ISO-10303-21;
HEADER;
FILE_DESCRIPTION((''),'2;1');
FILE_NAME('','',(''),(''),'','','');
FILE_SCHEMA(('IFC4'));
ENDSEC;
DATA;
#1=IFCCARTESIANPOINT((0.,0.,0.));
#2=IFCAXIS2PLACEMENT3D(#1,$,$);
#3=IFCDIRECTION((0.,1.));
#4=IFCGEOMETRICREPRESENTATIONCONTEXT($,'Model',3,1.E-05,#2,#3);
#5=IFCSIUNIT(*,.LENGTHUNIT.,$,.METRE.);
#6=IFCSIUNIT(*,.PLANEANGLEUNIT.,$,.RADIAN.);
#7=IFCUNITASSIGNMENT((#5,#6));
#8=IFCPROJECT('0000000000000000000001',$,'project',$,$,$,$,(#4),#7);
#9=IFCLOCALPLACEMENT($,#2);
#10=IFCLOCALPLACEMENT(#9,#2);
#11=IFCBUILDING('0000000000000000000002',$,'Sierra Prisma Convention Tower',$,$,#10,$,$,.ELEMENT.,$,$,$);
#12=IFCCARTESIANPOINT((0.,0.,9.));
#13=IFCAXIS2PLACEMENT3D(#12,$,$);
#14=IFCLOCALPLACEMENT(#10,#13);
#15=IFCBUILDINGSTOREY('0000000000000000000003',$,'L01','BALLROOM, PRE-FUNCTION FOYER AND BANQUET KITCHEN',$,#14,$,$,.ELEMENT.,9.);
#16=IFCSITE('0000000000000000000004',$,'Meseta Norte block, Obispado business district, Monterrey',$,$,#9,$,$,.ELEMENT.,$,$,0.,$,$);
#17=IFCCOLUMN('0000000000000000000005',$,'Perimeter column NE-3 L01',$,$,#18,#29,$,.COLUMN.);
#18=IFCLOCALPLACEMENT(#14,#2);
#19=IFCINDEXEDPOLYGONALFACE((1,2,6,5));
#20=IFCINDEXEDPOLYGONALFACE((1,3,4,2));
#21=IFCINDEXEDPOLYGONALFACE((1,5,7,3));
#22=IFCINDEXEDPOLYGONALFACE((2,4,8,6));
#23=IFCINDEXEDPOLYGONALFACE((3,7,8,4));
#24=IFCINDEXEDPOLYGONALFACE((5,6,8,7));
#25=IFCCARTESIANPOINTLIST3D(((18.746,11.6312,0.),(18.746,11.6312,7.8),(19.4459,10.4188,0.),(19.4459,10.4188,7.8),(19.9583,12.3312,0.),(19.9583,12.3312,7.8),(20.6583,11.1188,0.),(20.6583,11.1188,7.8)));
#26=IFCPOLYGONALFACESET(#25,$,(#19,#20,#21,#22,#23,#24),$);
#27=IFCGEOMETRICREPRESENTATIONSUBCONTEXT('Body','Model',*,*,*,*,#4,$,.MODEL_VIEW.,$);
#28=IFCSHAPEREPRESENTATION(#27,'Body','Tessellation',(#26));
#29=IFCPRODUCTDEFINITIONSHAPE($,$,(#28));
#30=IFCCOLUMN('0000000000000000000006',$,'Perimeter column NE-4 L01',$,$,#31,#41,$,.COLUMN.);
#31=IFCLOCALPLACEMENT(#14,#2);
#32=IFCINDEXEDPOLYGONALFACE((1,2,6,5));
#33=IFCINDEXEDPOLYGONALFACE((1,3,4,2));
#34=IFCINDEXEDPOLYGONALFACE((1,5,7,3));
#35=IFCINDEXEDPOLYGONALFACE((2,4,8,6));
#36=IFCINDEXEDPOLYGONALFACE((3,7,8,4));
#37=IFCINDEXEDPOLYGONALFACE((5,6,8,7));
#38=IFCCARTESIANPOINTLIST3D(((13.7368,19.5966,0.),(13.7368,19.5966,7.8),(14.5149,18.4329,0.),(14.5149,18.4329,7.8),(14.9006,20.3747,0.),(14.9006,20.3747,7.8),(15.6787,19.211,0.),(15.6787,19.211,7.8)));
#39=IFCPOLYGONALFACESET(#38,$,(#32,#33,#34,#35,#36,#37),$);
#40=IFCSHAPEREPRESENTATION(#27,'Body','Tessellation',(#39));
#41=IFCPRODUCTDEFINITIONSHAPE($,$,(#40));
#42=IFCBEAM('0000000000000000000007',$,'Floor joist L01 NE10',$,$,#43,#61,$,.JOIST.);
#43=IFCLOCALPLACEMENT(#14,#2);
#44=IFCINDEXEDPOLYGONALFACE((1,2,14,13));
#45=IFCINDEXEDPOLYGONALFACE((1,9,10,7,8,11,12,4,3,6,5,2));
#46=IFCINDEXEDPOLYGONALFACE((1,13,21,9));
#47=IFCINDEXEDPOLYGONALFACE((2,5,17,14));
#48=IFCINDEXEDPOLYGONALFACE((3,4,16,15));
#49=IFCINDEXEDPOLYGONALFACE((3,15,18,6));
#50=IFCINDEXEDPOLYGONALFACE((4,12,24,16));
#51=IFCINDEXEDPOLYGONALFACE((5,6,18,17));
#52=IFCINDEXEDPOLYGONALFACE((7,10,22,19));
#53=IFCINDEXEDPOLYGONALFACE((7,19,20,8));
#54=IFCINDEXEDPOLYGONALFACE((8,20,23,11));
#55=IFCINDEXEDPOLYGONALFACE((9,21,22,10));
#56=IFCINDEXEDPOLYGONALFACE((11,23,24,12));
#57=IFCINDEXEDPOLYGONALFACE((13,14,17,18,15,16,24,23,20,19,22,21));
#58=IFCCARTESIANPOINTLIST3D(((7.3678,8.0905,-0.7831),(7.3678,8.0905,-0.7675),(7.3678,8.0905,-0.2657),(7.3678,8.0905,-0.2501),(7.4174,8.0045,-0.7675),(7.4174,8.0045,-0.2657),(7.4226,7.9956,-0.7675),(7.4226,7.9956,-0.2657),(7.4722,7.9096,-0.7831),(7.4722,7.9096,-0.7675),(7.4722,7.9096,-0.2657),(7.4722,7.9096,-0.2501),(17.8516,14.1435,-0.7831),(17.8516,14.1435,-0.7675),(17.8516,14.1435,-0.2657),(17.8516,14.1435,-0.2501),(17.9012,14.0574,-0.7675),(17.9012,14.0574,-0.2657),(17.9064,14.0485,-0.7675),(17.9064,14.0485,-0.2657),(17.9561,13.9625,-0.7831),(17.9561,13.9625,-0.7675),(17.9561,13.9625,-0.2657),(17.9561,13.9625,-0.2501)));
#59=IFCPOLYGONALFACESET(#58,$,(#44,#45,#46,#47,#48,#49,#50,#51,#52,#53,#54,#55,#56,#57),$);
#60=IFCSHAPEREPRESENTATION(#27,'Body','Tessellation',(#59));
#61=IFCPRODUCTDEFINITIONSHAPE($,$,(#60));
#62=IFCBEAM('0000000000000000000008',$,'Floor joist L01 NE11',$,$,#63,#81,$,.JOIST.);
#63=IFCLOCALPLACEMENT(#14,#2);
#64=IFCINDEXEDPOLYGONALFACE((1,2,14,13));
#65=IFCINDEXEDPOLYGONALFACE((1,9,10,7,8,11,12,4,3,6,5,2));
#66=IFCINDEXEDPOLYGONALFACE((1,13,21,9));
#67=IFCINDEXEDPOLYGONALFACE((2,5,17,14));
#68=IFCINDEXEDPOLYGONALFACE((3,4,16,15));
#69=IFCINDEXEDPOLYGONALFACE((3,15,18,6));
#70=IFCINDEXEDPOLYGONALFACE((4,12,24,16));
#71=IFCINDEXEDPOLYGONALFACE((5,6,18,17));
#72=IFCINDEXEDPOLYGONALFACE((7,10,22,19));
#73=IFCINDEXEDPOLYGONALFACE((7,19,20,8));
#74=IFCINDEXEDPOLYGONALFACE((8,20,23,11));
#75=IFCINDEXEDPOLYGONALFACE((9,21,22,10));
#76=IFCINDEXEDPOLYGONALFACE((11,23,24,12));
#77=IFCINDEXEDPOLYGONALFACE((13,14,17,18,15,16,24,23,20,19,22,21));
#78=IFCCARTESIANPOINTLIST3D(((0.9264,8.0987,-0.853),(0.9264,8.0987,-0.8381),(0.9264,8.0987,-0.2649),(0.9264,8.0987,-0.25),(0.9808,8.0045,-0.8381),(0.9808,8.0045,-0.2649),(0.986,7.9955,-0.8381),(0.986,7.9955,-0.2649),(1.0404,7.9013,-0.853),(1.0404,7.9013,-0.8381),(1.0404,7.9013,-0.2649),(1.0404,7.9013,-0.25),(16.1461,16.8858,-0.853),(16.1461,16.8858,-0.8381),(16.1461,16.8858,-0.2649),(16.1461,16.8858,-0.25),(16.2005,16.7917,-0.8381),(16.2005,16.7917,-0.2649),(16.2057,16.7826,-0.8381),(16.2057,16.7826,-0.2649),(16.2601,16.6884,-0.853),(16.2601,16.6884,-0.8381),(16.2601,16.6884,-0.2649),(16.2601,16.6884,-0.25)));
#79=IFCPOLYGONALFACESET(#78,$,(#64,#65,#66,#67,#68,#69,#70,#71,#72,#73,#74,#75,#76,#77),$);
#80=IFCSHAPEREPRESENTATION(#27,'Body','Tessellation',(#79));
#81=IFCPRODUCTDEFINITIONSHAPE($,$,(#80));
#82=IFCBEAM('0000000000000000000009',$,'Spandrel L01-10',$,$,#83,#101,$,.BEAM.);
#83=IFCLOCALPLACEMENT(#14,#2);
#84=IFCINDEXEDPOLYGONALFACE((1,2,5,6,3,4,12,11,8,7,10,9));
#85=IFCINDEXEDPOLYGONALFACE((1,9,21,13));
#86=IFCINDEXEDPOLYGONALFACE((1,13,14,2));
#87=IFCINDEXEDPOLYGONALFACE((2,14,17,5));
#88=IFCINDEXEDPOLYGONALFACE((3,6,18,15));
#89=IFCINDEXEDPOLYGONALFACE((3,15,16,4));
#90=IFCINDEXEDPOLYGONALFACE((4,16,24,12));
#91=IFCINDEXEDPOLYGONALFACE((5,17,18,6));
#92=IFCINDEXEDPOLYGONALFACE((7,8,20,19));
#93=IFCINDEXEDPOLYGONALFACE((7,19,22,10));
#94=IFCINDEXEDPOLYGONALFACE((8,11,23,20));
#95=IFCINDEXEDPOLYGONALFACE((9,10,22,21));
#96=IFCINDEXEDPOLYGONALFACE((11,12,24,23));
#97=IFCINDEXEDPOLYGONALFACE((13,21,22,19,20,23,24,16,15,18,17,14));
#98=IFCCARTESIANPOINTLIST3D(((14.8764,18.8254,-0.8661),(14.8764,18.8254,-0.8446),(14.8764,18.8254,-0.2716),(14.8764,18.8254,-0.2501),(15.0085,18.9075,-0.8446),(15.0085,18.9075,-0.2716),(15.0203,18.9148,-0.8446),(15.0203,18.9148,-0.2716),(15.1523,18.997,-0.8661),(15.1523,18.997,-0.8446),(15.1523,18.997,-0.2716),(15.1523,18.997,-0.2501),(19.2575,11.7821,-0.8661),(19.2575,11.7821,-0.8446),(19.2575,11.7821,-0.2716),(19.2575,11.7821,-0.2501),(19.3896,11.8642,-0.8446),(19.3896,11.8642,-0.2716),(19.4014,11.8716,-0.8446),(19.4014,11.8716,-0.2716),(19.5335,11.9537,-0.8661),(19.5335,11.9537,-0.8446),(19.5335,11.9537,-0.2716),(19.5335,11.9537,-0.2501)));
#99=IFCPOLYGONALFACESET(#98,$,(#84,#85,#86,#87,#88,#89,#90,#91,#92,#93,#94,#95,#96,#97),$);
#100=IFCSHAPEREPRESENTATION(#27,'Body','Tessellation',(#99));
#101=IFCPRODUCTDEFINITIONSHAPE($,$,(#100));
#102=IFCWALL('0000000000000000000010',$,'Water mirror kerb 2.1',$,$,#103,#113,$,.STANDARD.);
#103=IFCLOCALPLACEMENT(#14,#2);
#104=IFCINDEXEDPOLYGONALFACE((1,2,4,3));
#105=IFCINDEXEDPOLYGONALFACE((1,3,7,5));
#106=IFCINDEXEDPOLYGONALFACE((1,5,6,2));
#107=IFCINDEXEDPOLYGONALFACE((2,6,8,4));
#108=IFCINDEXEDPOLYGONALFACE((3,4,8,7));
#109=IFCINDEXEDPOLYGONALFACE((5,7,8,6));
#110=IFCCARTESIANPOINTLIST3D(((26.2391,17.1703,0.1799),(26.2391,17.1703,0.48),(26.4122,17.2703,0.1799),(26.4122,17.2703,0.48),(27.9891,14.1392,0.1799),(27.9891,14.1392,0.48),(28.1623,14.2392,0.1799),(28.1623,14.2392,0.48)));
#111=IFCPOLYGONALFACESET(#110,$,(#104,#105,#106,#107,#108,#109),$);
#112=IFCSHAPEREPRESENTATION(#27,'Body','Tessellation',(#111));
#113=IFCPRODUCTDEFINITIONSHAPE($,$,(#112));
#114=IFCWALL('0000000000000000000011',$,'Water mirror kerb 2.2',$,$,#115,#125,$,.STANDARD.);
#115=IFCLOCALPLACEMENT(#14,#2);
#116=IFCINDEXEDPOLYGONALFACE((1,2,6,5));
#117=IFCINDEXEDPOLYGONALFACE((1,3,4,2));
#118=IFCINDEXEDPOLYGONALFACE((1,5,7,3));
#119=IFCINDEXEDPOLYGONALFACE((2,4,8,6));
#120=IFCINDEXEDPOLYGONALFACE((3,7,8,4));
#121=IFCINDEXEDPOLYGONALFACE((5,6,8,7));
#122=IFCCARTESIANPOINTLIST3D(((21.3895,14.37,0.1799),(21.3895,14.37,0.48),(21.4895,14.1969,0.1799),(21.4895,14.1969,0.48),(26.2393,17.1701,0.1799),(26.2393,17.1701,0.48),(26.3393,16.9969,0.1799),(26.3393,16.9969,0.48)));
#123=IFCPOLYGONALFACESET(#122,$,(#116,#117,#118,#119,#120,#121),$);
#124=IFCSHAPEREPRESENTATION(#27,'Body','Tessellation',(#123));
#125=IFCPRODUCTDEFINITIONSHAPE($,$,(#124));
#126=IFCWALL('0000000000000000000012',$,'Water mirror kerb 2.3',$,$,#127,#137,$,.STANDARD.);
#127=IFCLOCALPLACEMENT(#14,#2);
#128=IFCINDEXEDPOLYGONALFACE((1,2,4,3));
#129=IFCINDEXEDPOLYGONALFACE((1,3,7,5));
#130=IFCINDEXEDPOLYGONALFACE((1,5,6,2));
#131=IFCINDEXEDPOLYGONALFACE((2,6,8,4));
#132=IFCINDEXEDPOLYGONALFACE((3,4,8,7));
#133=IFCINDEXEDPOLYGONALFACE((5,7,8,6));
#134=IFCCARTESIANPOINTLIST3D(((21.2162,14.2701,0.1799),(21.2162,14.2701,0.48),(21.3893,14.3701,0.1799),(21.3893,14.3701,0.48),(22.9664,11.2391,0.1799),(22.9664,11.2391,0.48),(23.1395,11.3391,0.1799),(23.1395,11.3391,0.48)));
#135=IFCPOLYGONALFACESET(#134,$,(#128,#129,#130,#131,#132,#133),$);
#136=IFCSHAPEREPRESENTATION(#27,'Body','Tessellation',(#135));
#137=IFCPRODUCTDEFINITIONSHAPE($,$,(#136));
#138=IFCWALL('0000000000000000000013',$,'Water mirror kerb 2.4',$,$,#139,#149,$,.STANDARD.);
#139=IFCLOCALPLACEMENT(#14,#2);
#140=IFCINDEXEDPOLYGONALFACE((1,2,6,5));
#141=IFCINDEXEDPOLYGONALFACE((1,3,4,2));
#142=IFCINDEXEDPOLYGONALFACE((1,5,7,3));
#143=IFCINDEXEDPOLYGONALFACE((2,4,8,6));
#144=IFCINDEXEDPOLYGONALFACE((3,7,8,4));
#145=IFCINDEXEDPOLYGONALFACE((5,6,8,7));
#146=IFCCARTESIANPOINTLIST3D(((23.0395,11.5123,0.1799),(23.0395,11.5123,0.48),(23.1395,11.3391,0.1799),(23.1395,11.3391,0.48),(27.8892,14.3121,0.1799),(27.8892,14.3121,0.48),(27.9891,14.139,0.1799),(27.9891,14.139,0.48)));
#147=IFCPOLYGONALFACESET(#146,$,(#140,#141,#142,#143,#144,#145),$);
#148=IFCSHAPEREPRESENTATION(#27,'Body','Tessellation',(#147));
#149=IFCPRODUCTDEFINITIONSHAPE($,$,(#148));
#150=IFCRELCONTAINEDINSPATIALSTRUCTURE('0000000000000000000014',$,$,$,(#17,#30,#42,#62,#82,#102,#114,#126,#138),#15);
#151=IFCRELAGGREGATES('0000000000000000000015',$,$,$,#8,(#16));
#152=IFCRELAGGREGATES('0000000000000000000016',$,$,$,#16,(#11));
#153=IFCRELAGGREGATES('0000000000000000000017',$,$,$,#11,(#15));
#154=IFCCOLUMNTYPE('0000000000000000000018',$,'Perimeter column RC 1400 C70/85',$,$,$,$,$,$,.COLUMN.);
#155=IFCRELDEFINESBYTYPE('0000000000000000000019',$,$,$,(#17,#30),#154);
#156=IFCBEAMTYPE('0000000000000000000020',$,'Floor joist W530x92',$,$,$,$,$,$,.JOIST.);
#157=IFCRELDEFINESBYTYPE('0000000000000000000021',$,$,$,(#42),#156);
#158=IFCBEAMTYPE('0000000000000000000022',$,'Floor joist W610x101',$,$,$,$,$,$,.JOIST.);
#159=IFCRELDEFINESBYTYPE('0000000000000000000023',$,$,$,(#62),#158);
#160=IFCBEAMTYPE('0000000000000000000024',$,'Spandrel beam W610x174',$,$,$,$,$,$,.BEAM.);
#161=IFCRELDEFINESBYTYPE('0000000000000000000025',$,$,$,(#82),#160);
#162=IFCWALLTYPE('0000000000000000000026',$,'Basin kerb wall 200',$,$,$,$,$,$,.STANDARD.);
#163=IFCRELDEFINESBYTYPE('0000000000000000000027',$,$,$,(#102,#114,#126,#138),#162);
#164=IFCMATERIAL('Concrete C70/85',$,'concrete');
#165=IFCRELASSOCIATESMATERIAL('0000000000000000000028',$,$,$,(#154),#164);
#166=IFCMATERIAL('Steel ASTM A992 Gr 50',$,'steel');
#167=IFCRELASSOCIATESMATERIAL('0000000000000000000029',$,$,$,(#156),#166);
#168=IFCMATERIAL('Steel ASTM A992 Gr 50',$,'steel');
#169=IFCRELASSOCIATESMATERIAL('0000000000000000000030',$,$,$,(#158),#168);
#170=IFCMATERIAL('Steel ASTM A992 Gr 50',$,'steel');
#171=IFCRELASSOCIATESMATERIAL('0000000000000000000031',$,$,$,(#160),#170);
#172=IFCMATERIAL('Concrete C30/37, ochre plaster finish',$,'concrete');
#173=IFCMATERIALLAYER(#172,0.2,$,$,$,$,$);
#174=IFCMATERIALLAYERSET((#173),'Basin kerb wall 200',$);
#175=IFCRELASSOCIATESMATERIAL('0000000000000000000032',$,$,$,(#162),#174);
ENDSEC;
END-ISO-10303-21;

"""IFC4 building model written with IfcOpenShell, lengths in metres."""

from ifc_helpers import new_model, si_unit, direction, frame, frame_2d, origin, origin_2d, place, context, subcontext, project, spatial, rectangle, i_section, extrude, material, layer, layer_set, material_profile, profile_set, type_object, element, save


model = new_model("IFC4")

# Units and contexts
model_context = context("Model", 3, precision=1e-05, world=origin(), true_north=direction((0.0, 1.0)))
body_context = subcontext(model_context, "Body", "Model", "MODEL_VIEW")
ifc_project = project(units=[si_unit("LENGTHUNIT", "METRE"), si_unit("PLANEANGLEUNIT", "RADIAN")], contexts=[model_context])

# Site, building, storey
site_placement = place(None, origin())
site = spatial("IfcSite", under=ifc_project, at=site_placement, Name="Meseta Norte block, Obispado business district, Monterrey", CompositionType="ELEMENT", RefElevation=0.0)
building_placement = place(site_placement, origin())
building = spatial("IfcBuilding", under=site, at=building_placement, Name="Sierra Prisma Convention Tower", CompositionType="ELEMENT")
storey_placement = place(building_placement, frame((0.0, 0.0, 9.0)))
storey = spatial("IfcBuildingStorey", under=building, at=storey_placement, Name="L01", Description="BALLROOM, PRE-FUNCTION FOYER AND BANQUET KITCHEN", CompositionType="ELEMENT", Elevation=9.0)

# Columns
ifc_material_1 = material(Name="Concrete C70/85", Category="concrete")
ifc_material_profile_1 = material_profile(ifc_material_1, rectangle(XDim=1.3999, YDim=1.3999, at=origin_2d()), Name="Perimeter column RC 1400 C70/85")
ifc_profile_set_1 = profile_set([ifc_material_profile_1], Name="Concrete C70/85")
column_type = type_object("IfcColumnType", Name="Perimeter column RC 1400 C70/85", PredefinedType="COLUMN", material=ifc_profile_set_1)
for number, where, z_axis, x_axis, name in (
    (1, (19.7021, 11.375, 0.0), (0.0, 0.0, 1.0), (-0.5, 0.866025, 0.0), "Perimeter column NE-3 L01"),
    (2, (14.7078, 19.4038, 0.0), (0.0, 0.0, 1.0), (-0.555817, 0.831305, 0.0), "Perimeter column NE-4 L01"),
):
    element("IfcColumn", number, at=place(storey_placement, frame(where, z_axis=z_axis, x_axis=x_axis)), inside=storey, type_object=column_type, Name=name, PredefinedType="COLUMN", context=body_context, shape_type="SweptSolid", body=[
        extrude(rectangle(XDim=1.3999, YDim=1.3999, at=origin_2d()), origin(), (0.0, 0.0, 1.0), 7.8),
    ])

# Beams
ifc_material_2 = material(Name="Steel ASTM A992 Gr 50", Category="steel")
ifc_material_profile_2 = material_profile(ifc_material_2, i_section(OverallWidth=0.209, OverallDepth=0.533, WebThickness=0.0103, FlangeThickness=0.0156, at=origin_2d()), Name="W530x92")
ifc_profile_set_2 = profile_set([ifc_material_profile_2], Name="Steel ASTM A992 Gr 50")
beam_type_1 = type_object("IfcBeamType", Name="Floor joist W530x92", PredefinedType="JOIST", material=ifc_profile_set_2)
beam_1_placement = place(storey_placement, frame((17.9038, 14.053, -0.5166), z_axis=(-0.866022, -0.500006, 0.0), x_axis=(0.500006, -0.866022, 0.0)))
element("IfcBeam", 3, at=beam_1_placement, inside=storey, type_object=beam_type_1, Name="Floor joist L01 NE10", PredefinedType="JOIST", context=body_context, shape_type="SweptSolid", body=[
    extrude(i_section(OverallWidth=0.209, OverallDepth=0.533, WebThickness=0.0103, FlangeThickness=0.0156, at=origin_2d()), origin(), (0.0, 0.0, 1.0), 12.1057),
])
ifc_material_3 = material(Name="Steel ASTM A992 Gr 50", Category="steel")
ifc_material_profile_3 = material_profile(ifc_material_3, i_section(OverallWidth=0.228, OverallDepth=0.603, WebThickness=0.0105, FlangeThickness=0.0149, at=origin_2d()), Name="W610x101")
ifc_profile_set_3 = profile_set([ifc_material_profile_3], Name="Steel ASTM A992 Gr 50")
beam_type_2 = type_object("IfcBeamType", Name="Floor joist W610x101", PredefinedType="JOIST", material=ifc_profile_set_3)
beam_2_placement = place(storey_placement, frame((16.2031, 16.7871, -0.5515), z_axis=(-0.866025, -0.5, 0.0), x_axis=(0.5, -0.866025, 0.0)))
element("IfcBeam", 4, at=beam_2_placement, inside=storey, type_object=beam_type_2, Name="Floor joist L01 NE11", PredefinedType="JOIST", context=body_context, shape_type="SweptSolid", body=[
    extrude(i_section(OverallWidth=0.228, OverallDepth=0.603, WebThickness=0.0105, FlangeThickness=0.0149, at=origin_2d()), origin(), (0.0, 0.0, 1.0), 17.5742),
])
ifc_material_4 = material(Name="Steel ASTM A992 Gr 50", Category="steel")
ifc_material_profile_4 = material_profile(ifc_material_4, i_section(OverallWidth=0.325, OverallDepth=0.616, WebThickness=0.0139, FlangeThickness=0.0215, at=origin_2d()), Name="W610x174")
ifc_profile_set_4 = profile_set([ifc_material_profile_4], Name="Steel ASTM A992 Gr 50")
beam_type_3 = type_object("IfcBeamType", Name="Spandrel beam W610x174", PredefinedType="BEAM", material=ifc_profile_set_4)
beam_3_placement = place(storey_placement, frame((19.3955, 11.8679, -0.5581), z_axis=(-0.528185, 0.849129, 0.0), x_axis=(-0.849129, -0.528185, 0.0)))
element("IfcBeam", 5, at=beam_3_placement, inside=storey, type_object=beam_type_3, Name="Spandrel L01-10", PredefinedType="BEAM", context=body_context, shape_type="SweptSolid", body=[
    extrude(i_section(OverallWidth=0.325, OverallDepth=0.616, WebThickness=0.0139, FlangeThickness=0.0215, at=origin_2d()), origin(), (0.0, 0.0, 1.0), 8.2947),
])

# Walls
ifc_material_5 = material(Name="Concrete C30/37, ochre plaster finish", Category="concrete")
ifc_layer_1 = layer(ifc_material_5, 0.2)
ifc_layer_set_1 = layer_set([ifc_layer_1], Name="Basin kerb wall 200")
wall_type_1 = type_object("IfcWallType", Name="Basin kerb wall 200", PredefinedType="STANDARD", material=ifc_layer_set_1)
wall_1_placement = place(storey_placement, frame((28.0757, 14.1892, 0.1799), z_axis=(0.0, 0.0, 1.0), x_axis=(-0.50001, 0.866019, 0.0)))
element("IfcWall", 6, at=wall_1_placement, inside=storey, type_object=wall_type_1, Name="Water mirror kerb 2.1", PredefinedType="STANDARD", context=body_context, shape_type="SweptSolid", body=[
    extrude(rectangle(XDim=3.5, YDim=0.2, at=frame_2d((1.75, 0.0))), origin(), (0.0, 0.0, 1.0), 0.3),
])
wall_2_placement = place(storey_placement, frame((26.2893, 17.0835, 0.1799), z_axis=(0.0, 0.0, 1.0), x_axis=(-0.866027, -0.499998, 0.0)))
element("IfcWall", 7, at=wall_2_placement, inside=storey, type_object=wall_type_1, Name="Water mirror kerb 2.2", PredefinedType="STANDARD", context=body_context, shape_type="SweptSolid", body=[
    extrude(rectangle(XDim=5.6001, YDim=0.2, at=frame_2d((2.8, 0.0))), origin(), (0.0, 0.0, 1.0), 0.3),
])
wall_3_placement = place(storey_placement, frame((21.3027, 14.3201, 0.1799), z_axis=(0.0, 0.0, 1.0), x_axis=(0.500063, -0.865989, 0.0)))
element("IfcWall", 8, at=wall_3_placement, inside=storey, type_object=wall_type_1, Name="Water mirror kerb 2.3", PredefinedType="STANDARD", context=body_context, shape_type="SweptSolid", body=[
    extrude(rectangle(XDim=3.5, YDim=0.2, at=frame_2d((1.75, 0.0))), origin(), (0.0, 0.0, 1.0), 0.3),
])
wall_4_placement = place(storey_placement, frame((23.0896, 11.4258, 0.1799), z_axis=(0.0, 0.0, 1.0), x_axis=(0.866035, 0.499984, 0.0)))
element("IfcWall", 9, at=wall_4_placement, inside=storey, type_object=wall_type_1, Name="Water mirror kerb 2.4", PredefinedType="STANDARD", context=body_context, shape_type="SweptSolid", body=[
    extrude(rectangle(XDim=5.5999, YDim=0.2, at=frame_2d((2.7998, 0.0))), origin(), (0.0, 0.0, 1.0), 0.3),
])

save(model, "model.ifc")
